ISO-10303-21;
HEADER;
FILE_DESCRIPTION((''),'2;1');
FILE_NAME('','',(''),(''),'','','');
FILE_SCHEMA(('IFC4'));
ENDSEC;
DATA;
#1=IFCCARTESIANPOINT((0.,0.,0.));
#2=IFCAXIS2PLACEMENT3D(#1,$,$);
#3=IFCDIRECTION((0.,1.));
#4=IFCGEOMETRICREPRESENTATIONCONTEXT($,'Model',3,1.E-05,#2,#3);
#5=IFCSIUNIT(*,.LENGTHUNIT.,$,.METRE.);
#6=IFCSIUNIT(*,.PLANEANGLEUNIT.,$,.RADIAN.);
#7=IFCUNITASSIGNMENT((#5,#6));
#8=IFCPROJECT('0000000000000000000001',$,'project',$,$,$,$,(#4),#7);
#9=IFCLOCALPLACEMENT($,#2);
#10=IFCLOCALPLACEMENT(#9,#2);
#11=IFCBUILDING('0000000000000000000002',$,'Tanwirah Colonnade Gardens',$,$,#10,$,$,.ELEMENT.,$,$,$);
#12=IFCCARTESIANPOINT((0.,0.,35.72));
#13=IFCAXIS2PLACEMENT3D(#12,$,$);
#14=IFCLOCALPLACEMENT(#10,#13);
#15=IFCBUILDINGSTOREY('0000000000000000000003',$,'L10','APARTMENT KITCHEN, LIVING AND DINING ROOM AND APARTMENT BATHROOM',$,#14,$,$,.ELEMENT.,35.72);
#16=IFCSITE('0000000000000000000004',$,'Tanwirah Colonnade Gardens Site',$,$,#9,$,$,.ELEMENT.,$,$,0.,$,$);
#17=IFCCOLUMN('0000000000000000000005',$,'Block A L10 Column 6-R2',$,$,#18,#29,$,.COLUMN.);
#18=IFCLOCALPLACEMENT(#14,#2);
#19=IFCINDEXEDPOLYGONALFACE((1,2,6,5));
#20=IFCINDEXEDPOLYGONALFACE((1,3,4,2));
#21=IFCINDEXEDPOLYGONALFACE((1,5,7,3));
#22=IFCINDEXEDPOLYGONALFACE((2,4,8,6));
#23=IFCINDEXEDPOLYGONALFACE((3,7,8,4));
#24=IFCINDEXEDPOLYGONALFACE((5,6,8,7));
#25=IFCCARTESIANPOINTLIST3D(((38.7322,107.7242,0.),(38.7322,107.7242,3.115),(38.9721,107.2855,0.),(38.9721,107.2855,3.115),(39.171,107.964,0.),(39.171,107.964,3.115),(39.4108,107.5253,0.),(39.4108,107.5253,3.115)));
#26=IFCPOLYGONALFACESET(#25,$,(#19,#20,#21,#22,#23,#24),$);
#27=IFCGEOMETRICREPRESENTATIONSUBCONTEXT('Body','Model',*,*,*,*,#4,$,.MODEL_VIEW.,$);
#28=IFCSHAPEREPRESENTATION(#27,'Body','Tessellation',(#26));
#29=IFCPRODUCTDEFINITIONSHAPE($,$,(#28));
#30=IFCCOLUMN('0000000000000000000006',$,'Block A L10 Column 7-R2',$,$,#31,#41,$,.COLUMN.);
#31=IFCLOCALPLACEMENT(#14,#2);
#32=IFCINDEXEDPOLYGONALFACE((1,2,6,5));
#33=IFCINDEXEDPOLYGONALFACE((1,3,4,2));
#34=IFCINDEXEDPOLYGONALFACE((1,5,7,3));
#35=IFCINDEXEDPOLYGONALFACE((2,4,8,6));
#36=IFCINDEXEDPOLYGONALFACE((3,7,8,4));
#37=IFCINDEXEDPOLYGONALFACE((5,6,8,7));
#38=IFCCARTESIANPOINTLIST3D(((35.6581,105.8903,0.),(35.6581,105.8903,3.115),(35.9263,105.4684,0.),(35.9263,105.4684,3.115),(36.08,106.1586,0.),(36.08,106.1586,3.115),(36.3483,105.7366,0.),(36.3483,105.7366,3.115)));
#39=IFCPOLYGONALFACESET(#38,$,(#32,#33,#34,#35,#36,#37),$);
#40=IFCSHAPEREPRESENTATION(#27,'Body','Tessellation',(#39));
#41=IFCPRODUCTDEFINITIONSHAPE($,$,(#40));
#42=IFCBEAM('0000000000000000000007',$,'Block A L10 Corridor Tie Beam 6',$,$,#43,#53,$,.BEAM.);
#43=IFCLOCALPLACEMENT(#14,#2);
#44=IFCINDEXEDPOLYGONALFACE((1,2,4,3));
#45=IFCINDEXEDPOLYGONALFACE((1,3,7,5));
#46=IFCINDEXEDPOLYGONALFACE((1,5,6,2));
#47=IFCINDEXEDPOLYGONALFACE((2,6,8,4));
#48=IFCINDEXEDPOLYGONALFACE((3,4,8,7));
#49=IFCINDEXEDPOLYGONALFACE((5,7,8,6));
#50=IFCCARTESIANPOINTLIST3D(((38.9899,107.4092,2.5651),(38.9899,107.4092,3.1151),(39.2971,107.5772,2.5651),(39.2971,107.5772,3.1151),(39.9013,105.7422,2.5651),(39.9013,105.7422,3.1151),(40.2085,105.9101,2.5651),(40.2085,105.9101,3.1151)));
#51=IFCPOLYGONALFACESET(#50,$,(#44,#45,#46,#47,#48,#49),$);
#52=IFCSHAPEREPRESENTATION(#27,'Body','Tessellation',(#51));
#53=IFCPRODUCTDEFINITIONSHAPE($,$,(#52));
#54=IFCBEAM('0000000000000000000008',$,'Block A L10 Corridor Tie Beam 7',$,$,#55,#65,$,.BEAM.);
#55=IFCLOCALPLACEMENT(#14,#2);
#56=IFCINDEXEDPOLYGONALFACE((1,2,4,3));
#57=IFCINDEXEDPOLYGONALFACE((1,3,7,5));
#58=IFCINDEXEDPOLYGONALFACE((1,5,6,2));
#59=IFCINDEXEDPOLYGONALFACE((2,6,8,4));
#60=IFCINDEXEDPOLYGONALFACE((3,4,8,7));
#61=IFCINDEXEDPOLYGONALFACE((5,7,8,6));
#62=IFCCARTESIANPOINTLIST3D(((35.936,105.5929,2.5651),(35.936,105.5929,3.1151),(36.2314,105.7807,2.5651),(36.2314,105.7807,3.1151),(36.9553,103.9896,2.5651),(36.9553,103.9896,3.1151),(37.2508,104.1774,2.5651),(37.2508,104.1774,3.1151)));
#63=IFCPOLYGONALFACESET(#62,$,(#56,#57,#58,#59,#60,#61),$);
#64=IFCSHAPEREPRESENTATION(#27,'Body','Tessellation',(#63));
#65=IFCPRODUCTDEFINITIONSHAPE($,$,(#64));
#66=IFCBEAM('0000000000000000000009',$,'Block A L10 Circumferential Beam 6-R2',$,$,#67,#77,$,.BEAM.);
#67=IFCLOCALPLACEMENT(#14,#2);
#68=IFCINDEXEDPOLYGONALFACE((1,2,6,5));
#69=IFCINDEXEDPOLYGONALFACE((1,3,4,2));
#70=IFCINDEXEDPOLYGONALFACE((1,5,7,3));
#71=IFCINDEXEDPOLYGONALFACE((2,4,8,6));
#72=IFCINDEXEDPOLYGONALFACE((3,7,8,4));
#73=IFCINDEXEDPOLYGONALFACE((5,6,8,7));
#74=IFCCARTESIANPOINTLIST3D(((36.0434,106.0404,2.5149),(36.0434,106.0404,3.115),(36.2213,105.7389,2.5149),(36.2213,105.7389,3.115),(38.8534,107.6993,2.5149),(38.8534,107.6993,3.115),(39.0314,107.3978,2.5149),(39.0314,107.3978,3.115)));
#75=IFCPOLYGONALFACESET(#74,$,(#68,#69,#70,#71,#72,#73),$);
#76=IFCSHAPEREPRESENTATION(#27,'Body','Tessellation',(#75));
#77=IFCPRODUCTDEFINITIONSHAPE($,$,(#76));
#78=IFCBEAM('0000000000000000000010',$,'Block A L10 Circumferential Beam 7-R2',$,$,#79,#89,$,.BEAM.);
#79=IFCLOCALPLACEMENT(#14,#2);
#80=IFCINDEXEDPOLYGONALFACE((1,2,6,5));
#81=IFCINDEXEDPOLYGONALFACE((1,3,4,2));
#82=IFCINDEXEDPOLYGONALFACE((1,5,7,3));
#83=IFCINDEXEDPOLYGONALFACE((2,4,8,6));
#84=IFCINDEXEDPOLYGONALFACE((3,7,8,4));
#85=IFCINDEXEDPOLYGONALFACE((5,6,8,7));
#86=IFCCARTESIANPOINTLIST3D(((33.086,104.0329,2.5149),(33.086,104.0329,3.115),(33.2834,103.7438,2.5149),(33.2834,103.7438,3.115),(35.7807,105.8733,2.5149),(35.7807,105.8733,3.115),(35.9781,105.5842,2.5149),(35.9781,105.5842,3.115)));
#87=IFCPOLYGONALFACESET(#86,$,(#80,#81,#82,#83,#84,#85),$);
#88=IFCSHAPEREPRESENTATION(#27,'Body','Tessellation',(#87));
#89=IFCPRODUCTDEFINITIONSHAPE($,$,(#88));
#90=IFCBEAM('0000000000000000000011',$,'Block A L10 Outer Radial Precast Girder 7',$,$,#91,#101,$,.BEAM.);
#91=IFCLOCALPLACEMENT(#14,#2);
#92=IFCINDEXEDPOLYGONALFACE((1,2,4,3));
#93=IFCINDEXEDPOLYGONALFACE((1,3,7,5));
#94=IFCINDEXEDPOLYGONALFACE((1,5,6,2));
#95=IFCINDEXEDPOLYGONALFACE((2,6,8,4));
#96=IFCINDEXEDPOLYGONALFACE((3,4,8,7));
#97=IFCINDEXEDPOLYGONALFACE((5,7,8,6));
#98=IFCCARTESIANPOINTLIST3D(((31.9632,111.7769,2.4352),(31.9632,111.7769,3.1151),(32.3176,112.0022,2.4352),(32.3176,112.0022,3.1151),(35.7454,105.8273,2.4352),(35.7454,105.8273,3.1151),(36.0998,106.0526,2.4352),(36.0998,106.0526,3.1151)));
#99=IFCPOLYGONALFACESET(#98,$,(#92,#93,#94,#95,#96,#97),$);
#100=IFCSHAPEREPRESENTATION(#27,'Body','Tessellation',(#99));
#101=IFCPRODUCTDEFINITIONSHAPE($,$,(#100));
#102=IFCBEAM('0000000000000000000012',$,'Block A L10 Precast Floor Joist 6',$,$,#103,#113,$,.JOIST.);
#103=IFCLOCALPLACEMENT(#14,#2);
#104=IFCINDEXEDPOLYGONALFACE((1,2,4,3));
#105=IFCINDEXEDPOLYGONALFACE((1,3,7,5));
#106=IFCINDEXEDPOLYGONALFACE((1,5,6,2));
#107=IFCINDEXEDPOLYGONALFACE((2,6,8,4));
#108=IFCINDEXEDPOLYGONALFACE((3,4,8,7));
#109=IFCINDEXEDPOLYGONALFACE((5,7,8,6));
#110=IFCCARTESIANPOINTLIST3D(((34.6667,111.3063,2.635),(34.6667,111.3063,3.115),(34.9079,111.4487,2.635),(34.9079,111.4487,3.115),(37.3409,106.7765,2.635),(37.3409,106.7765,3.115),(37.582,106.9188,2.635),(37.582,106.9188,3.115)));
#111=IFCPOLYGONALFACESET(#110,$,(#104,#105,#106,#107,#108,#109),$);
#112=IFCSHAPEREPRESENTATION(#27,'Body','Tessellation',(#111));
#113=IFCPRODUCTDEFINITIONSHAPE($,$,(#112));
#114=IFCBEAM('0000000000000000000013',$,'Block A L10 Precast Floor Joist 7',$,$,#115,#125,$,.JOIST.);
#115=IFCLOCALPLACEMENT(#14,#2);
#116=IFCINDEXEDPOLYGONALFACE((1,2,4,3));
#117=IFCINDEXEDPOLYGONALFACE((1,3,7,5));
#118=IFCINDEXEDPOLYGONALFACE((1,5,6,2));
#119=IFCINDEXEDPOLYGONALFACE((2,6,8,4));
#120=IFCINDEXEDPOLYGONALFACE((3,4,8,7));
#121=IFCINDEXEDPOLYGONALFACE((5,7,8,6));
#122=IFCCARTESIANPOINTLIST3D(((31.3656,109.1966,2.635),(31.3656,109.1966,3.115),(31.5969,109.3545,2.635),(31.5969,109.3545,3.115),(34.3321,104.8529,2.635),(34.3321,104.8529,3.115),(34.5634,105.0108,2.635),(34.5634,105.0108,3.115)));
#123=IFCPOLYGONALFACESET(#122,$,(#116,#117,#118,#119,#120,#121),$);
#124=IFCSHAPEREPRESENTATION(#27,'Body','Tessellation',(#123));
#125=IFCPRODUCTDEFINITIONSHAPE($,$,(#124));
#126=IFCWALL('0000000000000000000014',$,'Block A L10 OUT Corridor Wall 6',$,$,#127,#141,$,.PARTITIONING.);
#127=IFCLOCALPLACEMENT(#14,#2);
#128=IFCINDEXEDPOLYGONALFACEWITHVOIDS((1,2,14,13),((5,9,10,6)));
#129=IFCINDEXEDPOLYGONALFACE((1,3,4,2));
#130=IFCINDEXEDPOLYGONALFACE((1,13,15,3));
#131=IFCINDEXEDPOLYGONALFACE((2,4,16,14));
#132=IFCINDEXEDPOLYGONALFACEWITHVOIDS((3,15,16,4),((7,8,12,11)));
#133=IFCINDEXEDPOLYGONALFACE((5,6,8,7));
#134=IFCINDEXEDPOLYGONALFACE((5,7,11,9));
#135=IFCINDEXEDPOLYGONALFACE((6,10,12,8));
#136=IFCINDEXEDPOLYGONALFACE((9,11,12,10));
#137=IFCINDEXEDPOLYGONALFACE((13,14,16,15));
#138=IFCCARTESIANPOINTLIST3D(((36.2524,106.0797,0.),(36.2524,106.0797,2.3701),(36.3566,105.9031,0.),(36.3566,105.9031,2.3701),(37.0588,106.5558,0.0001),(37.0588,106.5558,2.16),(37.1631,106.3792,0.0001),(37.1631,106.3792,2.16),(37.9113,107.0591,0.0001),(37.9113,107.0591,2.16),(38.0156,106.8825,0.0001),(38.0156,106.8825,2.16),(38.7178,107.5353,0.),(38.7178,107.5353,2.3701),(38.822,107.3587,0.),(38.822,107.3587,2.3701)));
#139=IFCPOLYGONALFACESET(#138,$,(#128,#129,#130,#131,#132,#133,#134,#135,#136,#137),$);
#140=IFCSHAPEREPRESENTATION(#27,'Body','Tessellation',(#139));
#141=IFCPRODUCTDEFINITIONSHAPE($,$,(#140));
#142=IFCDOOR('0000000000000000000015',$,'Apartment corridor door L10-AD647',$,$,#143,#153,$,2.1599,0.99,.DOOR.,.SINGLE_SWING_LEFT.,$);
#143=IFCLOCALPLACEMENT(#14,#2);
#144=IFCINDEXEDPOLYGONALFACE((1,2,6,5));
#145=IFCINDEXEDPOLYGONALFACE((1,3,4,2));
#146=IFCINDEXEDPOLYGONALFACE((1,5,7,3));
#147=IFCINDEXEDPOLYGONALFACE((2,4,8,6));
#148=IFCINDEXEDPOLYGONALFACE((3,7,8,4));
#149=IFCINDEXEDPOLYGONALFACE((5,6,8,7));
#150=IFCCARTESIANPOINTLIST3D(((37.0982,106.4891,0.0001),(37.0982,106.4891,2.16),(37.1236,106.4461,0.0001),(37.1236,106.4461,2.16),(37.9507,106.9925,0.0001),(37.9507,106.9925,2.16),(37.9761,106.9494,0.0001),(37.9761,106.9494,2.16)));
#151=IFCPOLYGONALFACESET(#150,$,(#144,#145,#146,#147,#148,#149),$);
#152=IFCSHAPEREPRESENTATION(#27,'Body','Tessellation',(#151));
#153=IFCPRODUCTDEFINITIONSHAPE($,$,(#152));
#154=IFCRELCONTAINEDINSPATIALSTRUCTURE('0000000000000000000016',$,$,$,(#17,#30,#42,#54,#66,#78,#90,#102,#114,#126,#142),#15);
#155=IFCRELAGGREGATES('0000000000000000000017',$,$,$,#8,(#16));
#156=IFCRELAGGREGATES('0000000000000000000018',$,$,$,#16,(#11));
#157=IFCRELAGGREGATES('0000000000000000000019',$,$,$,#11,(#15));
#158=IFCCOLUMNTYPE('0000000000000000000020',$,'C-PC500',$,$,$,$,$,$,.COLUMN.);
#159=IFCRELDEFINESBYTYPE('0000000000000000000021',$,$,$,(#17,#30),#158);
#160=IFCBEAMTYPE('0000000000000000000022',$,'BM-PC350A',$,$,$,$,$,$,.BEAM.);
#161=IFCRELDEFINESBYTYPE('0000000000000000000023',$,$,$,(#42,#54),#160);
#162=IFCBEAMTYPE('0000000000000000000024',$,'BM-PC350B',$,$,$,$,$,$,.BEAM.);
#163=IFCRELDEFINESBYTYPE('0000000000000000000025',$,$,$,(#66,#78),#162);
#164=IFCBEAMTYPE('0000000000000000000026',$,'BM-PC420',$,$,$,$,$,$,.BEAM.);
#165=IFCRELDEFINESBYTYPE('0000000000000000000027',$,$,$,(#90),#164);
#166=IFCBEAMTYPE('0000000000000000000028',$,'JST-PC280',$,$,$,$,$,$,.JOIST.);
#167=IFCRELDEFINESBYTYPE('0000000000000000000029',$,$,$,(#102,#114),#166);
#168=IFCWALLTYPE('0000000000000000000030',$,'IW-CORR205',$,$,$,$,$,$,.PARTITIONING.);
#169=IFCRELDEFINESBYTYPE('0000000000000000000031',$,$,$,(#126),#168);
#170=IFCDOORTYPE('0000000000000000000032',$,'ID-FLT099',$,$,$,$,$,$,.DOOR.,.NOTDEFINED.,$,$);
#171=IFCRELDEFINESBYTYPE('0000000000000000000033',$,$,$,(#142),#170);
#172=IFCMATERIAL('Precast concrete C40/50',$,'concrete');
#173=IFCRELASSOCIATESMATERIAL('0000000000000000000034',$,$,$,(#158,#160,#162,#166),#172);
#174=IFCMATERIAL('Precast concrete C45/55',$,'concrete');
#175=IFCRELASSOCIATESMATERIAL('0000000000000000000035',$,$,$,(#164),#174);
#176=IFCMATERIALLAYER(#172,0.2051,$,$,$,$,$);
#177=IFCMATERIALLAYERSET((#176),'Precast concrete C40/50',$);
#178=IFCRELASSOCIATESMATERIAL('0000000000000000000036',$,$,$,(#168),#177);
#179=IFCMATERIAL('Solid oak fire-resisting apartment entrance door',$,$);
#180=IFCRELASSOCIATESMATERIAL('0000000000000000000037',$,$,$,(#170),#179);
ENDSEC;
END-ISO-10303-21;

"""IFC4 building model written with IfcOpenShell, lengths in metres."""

from ifc_helpers import new_model, si_unit, direction, frame, frame_2d, origin, origin_2d, place, context, subcontext, project, spatial, rectangle, extrude, material, layer, layer_set, material_profile, profile_set, type_object, element, fill, save


model = new_model("IFC4")

# Units and contexts
model_context = context("Model", 3, precision=1e-05, world=origin(), true_north=direction((0.0, 1.0)))
body_context = subcontext(model_context, "Body", "Model", "MODEL_VIEW")
ifc_project = project(units=[si_unit("LENGTHUNIT", "METRE"), si_unit("PLANEANGLEUNIT", "RADIAN")], contexts=[model_context])

# Site, building, storey
site_placement = place(None, origin())
site = spatial("IfcSite", under=ifc_project, at=site_placement, Name="Tanwirah Colonnade Gardens Site", CompositionType="ELEMENT", RefElevation=0.0)
building_placement = place(site_placement, origin())
building = spatial("IfcBuilding", under=site, at=building_placement, Name="Tanwirah Colonnade Gardens", CompositionType="ELEMENT")
storey_placement = place(building_placement, frame((0.0, 0.0, 35.72)))
storey = spatial("IfcBuildingStorey", under=building, at=storey_placement, Name="L10", Description="APARTMENT KITCHEN, LIVING AND DINING ROOM AND APARTMENT BATHROOM", CompositionType="ELEMENT", Elevation=35.72)

# Columns
ifc_material_1 = material(Name="Precast concrete C40/50", Category="concrete")
ifc_material_profile_1 = material_profile(ifc_material_1, rectangle(XDim=0.5, YDim=0.5, at=origin_2d()), Name="PC-COL 500x500")
ifc_profile_set_1 = profile_set([ifc_material_profile_1], Name="Precast concrete C40/50")
column_type = type_object("IfcColumnType", Name="C-PC500", PredefinedType="COLUMN", material=ifc_profile_set_1)
for number, where, z_axis, x_axis, name in (
    (1, (39.0715, 107.6248, 0.0), (0.0, 0.0, 1.0), (-0.479713, 0.877425, 0.0), "Block A L10 Column 6-R2"),
    (2, (36.0032, 105.8135, 0.0), (0.0, 0.0, 1.0), (-0.536482, 0.843912, 0.0), "Block A L10 Column 7-R2"),
):
    element("IfcColumn", number, at=place(storey_placement, frame(where, z_axis=z_axis, x_axis=x_axis)), inside=storey, type_object=column_type, Name=name, PredefinedType="COLUMN", context=body_context, shape_type="SweptSolid", body=[
        extrude(rectangle(XDim=0.5, YDim=0.5, at=origin_2d()), origin(), (0.0, 0.0, 1.0), 3.115),
    ])

# Beams
ifc_material_profile_2 = material_profile(ifc_material_1, rectangle(XDim=0.3501, YDim=0.55, at=origin_2d()), Name="PC-BM 350x550")
ifc_profile_set_2 = profile_set([ifc_material_profile_2], Name="Precast concrete C40/50")
beam_type_1 = type_object("IfcBeamType", Name="BM-PC350A", PredefinedType="BEAM", material=ifc_profile_set_2)
for number, where, z_axis, x_axis, name in (
    (3, (40.0549, 105.8262, 2.8401), (-0.479707, 0.877429, 0.0), (-0.877429, -0.479707, 0.0), "Block A L10 Corridor Tie Beam 6"),
    (4, (37.103, 104.0835, 2.8401), (-0.53651, 0.843894, 0.0), (-0.843894, -0.53651, 0.0), "Block A L10 Corridor Tie Beam 7"),
):
    element("IfcBeam", number, at=place(storey_placement, frame(where, z_axis=z_axis, x_axis=x_axis)), inside=storey, type_object=beam_type_1, Name=name, PredefinedType="BEAM", context=body_context, shape_type="SweptSolid", body=[
        extrude(rectangle(XDim=0.3501, YDim=0.55, at=origin_2d()), origin(), (0.0, 0.0, 1.0), 1.8999),
    ])
ifc_material_profile_3 = material_profile(ifc_material_1, rectangle(XDim=0.3501, YDim=0.6001, at=origin_2d()), Name="PC-BM 350x600")
ifc_profile_set_3 = profile_set([ifc_material_profile_3], Name="Precast concrete C40/50")
beam_type_2 = type_object("IfcBeamType", Name="BM-PC350B", PredefinedType="BEAM", material=ifc_profile_set_3)
for number, where, z_axis, x_axis, name in (
    (5, (38.9424, 107.5486, 2.8149), (-0.861135, -0.508376, 0.0), (0.508376, -0.861135, 0.0), "Block A L10 Circumferential Beam 6-R2"),
    (6, (35.8794, 105.7288, 2.8149), (-0.825782, -0.563989, 0.0), (0.563989, -0.825782, 0.0), "Block A L10 Circumferential Beam 7-R2"),
):
    element("IfcBeam", number, at=place(storey_placement, frame(where, z_axis=z_axis, x_axis=x_axis)), inside=storey, type_object=beam_type_2, Name=name, PredefinedType="BEAM", context=body_context, shape_type="SweptSolid", body=[
        extrude(rectangle(XDim=0.3501, YDim=0.6001, at=origin_2d()), origin(), (0.0, 0.0, 1.0), 3.2632),
    ])
ifc_material_2 = material(Name="Precast concrete C45/55", Category="concrete")
ifc_material_profile_4 = material_profile(ifc_material_2, rectangle(XDim=0.4199, YDim=0.6799, at=origin_2d()), Name="PC-BM 420x680")
ifc_profile_set_4 = profile_set([ifc_material_profile_4], Name="Precast concrete C45/55")
beam_type_3 = type_object("IfcBeamType", Name="BM-PC420", PredefinedType="BEAM", material=ifc_profile_set_4)
beam_1_placement = place(storey_placement, frame((35.9226, 105.9399, 2.7751), z_axis=(-0.536477, 0.843915, 0.0), x_axis=(-0.843915, -0.536477, 0.0)))
element("IfcBeam", 7, at=beam_1_placement, inside=storey, type_object=beam_type_3, Name="Block A L10 Outer Radial Precast Girder 7", PredefinedType="BEAM", context=body_context, shape_type="SweptSolid", body=[
    extrude(rectangle(XDim=0.4199, YDim=0.6799, at=origin_2d()), origin(), (0.0, 0.0, 1.0), 7.05),
])
ifc_material_profile_5 = material_profile(ifc_material_1, rectangle(XDim=0.28, YDim=0.48, at=origin_2d()), Name="PC-JST 280x480")
ifc_profile_set_5 = profile_set([ifc_material_profile_5], Name="Precast concrete C40/50")
beam_type_4 = type_object("IfcBeamType", Name="JST-PC280", PredefinedType="JOIST", material=ifc_profile_set_5)
beam_2_placement = place(storey_placement, frame((37.4614, 106.8477, 2.875), z_axis=(-0.50836, 0.861145, 0.0), x_axis=(-0.861145, -0.50836, 0.0)))
element("IfcBeam", 8, at=beam_2_placement, inside=storey, type_object=beam_type_4, Name="Block A L10 Precast Floor Joist 6", PredefinedType="JOIST", context=body_context, shape_type="SweptSolid", body=[
    extrude(rectangle(XDim=0.28, YDim=0.48, at=origin_2d()), origin(), (0.0, 0.0, 1.0), 5.2603),
])
beam_3_placement = place(storey_placement, frame((34.4478, 104.9319, 2.875), z_axis=(-0.563973, 0.825793, 0.0), x_axis=(-0.825793, -0.563973, 0.0)))
element("IfcBeam", 9, at=beam_3_placement, inside=storey, type_object=beam_type_4, Name="Block A L10 Precast Floor Joist 7", PredefinedType="JOIST", context=body_context, shape_type="SweptSolid", body=[
    extrude(rectangle(XDim=0.28, YDim=0.48, at=origin_2d()), origin(), (0.0, 0.0, 1.0), 5.26),
])

# Wall, opening, door
ifc_layer_1 = layer(ifc_material_1, 0.2051)
ifc_layer_set_1 = layer_set([ifc_layer_1], Name="Precast concrete C40/50")
wall_type_1 = type_object("IfcWallType", Name="IW-CORR205", PredefinedType="PARTITIONING", material=ifc_layer_set_1)
wall_1_placement = place(storey_placement, frame((38.77, 107.447, 0.0), z_axis=(0.0, 0.0, 1.0), x_axis=(-0.861113, -0.508413, 0.0)))
wall_1 = element("IfcWall", 10, at=wall_1_placement, inside=storey, type_object=wall_type_1, Name="Block A L10 OUT Corridor Wall 6", PredefinedType="PARTITIONING", context=body_context, shape_type="SweptSolid", body=[
    extrude(rectangle(XDim=2.863, YDim=0.2051, at=frame_2d((1.4316, 0.0))), origin(), (0.0, 0.0, 1.0), 2.3701),
])
opening_1_placement = place(wall_1_placement, frame((0.9365, 0.0, 0.0)))
opening_1 = element("IfcOpeningElement", 11, at=opening_1_placement, cuts=wall_1, PredefinedType="OPENING", context=body_context, shape_type="SweptSolid", body=[
    extrude(rectangle(XDim=0.99, YDim=2.1599, at=frame_2d((0.4951, 1.0801))), frame((0.0, 0.1125, 0.0), z_axis=(0.0, -1.0, 0.0), x_axis=(1.0, 0.0, 0.0)), (0.0, 0.0, 1.0), 0.2251),
])
ifc_material_3 = material(Name="Solid oak fire-resisting apartment entrance door")
door_type_1 = type_object("IfcDoorType", Name="ID-FLT099", OperationType="NOTDEFINED", PredefinedType="DOOR", material=ifc_material_3)
door_1_placement = place(opening_1_placement, origin())
door_1 = element("IfcDoor", 12, at=door_1_placement, inside=storey, type_object=door_type_1, Name="Apartment corridor door L10-AD647", OperationType="SINGLE_SWING_LEFT", OverallHeight=2.1599, OverallWidth=0.99, PredefinedType="DOOR", context=body_context, shape_type="SweptSolid", body=[
    extrude(rectangle(XDim=0.99, YDim=2.1599, at=frame_2d((0.4951, 1.0801))), frame((0.0, 0.0249, 0.0), z_axis=(0.0, -1.0, 0.0), x_axis=(1.0, 0.0, 0.0)), (0.0, 0.0, 1.0), 0.05),
])
fill(opening_1, door_1)

save(model, "model.ifc")
